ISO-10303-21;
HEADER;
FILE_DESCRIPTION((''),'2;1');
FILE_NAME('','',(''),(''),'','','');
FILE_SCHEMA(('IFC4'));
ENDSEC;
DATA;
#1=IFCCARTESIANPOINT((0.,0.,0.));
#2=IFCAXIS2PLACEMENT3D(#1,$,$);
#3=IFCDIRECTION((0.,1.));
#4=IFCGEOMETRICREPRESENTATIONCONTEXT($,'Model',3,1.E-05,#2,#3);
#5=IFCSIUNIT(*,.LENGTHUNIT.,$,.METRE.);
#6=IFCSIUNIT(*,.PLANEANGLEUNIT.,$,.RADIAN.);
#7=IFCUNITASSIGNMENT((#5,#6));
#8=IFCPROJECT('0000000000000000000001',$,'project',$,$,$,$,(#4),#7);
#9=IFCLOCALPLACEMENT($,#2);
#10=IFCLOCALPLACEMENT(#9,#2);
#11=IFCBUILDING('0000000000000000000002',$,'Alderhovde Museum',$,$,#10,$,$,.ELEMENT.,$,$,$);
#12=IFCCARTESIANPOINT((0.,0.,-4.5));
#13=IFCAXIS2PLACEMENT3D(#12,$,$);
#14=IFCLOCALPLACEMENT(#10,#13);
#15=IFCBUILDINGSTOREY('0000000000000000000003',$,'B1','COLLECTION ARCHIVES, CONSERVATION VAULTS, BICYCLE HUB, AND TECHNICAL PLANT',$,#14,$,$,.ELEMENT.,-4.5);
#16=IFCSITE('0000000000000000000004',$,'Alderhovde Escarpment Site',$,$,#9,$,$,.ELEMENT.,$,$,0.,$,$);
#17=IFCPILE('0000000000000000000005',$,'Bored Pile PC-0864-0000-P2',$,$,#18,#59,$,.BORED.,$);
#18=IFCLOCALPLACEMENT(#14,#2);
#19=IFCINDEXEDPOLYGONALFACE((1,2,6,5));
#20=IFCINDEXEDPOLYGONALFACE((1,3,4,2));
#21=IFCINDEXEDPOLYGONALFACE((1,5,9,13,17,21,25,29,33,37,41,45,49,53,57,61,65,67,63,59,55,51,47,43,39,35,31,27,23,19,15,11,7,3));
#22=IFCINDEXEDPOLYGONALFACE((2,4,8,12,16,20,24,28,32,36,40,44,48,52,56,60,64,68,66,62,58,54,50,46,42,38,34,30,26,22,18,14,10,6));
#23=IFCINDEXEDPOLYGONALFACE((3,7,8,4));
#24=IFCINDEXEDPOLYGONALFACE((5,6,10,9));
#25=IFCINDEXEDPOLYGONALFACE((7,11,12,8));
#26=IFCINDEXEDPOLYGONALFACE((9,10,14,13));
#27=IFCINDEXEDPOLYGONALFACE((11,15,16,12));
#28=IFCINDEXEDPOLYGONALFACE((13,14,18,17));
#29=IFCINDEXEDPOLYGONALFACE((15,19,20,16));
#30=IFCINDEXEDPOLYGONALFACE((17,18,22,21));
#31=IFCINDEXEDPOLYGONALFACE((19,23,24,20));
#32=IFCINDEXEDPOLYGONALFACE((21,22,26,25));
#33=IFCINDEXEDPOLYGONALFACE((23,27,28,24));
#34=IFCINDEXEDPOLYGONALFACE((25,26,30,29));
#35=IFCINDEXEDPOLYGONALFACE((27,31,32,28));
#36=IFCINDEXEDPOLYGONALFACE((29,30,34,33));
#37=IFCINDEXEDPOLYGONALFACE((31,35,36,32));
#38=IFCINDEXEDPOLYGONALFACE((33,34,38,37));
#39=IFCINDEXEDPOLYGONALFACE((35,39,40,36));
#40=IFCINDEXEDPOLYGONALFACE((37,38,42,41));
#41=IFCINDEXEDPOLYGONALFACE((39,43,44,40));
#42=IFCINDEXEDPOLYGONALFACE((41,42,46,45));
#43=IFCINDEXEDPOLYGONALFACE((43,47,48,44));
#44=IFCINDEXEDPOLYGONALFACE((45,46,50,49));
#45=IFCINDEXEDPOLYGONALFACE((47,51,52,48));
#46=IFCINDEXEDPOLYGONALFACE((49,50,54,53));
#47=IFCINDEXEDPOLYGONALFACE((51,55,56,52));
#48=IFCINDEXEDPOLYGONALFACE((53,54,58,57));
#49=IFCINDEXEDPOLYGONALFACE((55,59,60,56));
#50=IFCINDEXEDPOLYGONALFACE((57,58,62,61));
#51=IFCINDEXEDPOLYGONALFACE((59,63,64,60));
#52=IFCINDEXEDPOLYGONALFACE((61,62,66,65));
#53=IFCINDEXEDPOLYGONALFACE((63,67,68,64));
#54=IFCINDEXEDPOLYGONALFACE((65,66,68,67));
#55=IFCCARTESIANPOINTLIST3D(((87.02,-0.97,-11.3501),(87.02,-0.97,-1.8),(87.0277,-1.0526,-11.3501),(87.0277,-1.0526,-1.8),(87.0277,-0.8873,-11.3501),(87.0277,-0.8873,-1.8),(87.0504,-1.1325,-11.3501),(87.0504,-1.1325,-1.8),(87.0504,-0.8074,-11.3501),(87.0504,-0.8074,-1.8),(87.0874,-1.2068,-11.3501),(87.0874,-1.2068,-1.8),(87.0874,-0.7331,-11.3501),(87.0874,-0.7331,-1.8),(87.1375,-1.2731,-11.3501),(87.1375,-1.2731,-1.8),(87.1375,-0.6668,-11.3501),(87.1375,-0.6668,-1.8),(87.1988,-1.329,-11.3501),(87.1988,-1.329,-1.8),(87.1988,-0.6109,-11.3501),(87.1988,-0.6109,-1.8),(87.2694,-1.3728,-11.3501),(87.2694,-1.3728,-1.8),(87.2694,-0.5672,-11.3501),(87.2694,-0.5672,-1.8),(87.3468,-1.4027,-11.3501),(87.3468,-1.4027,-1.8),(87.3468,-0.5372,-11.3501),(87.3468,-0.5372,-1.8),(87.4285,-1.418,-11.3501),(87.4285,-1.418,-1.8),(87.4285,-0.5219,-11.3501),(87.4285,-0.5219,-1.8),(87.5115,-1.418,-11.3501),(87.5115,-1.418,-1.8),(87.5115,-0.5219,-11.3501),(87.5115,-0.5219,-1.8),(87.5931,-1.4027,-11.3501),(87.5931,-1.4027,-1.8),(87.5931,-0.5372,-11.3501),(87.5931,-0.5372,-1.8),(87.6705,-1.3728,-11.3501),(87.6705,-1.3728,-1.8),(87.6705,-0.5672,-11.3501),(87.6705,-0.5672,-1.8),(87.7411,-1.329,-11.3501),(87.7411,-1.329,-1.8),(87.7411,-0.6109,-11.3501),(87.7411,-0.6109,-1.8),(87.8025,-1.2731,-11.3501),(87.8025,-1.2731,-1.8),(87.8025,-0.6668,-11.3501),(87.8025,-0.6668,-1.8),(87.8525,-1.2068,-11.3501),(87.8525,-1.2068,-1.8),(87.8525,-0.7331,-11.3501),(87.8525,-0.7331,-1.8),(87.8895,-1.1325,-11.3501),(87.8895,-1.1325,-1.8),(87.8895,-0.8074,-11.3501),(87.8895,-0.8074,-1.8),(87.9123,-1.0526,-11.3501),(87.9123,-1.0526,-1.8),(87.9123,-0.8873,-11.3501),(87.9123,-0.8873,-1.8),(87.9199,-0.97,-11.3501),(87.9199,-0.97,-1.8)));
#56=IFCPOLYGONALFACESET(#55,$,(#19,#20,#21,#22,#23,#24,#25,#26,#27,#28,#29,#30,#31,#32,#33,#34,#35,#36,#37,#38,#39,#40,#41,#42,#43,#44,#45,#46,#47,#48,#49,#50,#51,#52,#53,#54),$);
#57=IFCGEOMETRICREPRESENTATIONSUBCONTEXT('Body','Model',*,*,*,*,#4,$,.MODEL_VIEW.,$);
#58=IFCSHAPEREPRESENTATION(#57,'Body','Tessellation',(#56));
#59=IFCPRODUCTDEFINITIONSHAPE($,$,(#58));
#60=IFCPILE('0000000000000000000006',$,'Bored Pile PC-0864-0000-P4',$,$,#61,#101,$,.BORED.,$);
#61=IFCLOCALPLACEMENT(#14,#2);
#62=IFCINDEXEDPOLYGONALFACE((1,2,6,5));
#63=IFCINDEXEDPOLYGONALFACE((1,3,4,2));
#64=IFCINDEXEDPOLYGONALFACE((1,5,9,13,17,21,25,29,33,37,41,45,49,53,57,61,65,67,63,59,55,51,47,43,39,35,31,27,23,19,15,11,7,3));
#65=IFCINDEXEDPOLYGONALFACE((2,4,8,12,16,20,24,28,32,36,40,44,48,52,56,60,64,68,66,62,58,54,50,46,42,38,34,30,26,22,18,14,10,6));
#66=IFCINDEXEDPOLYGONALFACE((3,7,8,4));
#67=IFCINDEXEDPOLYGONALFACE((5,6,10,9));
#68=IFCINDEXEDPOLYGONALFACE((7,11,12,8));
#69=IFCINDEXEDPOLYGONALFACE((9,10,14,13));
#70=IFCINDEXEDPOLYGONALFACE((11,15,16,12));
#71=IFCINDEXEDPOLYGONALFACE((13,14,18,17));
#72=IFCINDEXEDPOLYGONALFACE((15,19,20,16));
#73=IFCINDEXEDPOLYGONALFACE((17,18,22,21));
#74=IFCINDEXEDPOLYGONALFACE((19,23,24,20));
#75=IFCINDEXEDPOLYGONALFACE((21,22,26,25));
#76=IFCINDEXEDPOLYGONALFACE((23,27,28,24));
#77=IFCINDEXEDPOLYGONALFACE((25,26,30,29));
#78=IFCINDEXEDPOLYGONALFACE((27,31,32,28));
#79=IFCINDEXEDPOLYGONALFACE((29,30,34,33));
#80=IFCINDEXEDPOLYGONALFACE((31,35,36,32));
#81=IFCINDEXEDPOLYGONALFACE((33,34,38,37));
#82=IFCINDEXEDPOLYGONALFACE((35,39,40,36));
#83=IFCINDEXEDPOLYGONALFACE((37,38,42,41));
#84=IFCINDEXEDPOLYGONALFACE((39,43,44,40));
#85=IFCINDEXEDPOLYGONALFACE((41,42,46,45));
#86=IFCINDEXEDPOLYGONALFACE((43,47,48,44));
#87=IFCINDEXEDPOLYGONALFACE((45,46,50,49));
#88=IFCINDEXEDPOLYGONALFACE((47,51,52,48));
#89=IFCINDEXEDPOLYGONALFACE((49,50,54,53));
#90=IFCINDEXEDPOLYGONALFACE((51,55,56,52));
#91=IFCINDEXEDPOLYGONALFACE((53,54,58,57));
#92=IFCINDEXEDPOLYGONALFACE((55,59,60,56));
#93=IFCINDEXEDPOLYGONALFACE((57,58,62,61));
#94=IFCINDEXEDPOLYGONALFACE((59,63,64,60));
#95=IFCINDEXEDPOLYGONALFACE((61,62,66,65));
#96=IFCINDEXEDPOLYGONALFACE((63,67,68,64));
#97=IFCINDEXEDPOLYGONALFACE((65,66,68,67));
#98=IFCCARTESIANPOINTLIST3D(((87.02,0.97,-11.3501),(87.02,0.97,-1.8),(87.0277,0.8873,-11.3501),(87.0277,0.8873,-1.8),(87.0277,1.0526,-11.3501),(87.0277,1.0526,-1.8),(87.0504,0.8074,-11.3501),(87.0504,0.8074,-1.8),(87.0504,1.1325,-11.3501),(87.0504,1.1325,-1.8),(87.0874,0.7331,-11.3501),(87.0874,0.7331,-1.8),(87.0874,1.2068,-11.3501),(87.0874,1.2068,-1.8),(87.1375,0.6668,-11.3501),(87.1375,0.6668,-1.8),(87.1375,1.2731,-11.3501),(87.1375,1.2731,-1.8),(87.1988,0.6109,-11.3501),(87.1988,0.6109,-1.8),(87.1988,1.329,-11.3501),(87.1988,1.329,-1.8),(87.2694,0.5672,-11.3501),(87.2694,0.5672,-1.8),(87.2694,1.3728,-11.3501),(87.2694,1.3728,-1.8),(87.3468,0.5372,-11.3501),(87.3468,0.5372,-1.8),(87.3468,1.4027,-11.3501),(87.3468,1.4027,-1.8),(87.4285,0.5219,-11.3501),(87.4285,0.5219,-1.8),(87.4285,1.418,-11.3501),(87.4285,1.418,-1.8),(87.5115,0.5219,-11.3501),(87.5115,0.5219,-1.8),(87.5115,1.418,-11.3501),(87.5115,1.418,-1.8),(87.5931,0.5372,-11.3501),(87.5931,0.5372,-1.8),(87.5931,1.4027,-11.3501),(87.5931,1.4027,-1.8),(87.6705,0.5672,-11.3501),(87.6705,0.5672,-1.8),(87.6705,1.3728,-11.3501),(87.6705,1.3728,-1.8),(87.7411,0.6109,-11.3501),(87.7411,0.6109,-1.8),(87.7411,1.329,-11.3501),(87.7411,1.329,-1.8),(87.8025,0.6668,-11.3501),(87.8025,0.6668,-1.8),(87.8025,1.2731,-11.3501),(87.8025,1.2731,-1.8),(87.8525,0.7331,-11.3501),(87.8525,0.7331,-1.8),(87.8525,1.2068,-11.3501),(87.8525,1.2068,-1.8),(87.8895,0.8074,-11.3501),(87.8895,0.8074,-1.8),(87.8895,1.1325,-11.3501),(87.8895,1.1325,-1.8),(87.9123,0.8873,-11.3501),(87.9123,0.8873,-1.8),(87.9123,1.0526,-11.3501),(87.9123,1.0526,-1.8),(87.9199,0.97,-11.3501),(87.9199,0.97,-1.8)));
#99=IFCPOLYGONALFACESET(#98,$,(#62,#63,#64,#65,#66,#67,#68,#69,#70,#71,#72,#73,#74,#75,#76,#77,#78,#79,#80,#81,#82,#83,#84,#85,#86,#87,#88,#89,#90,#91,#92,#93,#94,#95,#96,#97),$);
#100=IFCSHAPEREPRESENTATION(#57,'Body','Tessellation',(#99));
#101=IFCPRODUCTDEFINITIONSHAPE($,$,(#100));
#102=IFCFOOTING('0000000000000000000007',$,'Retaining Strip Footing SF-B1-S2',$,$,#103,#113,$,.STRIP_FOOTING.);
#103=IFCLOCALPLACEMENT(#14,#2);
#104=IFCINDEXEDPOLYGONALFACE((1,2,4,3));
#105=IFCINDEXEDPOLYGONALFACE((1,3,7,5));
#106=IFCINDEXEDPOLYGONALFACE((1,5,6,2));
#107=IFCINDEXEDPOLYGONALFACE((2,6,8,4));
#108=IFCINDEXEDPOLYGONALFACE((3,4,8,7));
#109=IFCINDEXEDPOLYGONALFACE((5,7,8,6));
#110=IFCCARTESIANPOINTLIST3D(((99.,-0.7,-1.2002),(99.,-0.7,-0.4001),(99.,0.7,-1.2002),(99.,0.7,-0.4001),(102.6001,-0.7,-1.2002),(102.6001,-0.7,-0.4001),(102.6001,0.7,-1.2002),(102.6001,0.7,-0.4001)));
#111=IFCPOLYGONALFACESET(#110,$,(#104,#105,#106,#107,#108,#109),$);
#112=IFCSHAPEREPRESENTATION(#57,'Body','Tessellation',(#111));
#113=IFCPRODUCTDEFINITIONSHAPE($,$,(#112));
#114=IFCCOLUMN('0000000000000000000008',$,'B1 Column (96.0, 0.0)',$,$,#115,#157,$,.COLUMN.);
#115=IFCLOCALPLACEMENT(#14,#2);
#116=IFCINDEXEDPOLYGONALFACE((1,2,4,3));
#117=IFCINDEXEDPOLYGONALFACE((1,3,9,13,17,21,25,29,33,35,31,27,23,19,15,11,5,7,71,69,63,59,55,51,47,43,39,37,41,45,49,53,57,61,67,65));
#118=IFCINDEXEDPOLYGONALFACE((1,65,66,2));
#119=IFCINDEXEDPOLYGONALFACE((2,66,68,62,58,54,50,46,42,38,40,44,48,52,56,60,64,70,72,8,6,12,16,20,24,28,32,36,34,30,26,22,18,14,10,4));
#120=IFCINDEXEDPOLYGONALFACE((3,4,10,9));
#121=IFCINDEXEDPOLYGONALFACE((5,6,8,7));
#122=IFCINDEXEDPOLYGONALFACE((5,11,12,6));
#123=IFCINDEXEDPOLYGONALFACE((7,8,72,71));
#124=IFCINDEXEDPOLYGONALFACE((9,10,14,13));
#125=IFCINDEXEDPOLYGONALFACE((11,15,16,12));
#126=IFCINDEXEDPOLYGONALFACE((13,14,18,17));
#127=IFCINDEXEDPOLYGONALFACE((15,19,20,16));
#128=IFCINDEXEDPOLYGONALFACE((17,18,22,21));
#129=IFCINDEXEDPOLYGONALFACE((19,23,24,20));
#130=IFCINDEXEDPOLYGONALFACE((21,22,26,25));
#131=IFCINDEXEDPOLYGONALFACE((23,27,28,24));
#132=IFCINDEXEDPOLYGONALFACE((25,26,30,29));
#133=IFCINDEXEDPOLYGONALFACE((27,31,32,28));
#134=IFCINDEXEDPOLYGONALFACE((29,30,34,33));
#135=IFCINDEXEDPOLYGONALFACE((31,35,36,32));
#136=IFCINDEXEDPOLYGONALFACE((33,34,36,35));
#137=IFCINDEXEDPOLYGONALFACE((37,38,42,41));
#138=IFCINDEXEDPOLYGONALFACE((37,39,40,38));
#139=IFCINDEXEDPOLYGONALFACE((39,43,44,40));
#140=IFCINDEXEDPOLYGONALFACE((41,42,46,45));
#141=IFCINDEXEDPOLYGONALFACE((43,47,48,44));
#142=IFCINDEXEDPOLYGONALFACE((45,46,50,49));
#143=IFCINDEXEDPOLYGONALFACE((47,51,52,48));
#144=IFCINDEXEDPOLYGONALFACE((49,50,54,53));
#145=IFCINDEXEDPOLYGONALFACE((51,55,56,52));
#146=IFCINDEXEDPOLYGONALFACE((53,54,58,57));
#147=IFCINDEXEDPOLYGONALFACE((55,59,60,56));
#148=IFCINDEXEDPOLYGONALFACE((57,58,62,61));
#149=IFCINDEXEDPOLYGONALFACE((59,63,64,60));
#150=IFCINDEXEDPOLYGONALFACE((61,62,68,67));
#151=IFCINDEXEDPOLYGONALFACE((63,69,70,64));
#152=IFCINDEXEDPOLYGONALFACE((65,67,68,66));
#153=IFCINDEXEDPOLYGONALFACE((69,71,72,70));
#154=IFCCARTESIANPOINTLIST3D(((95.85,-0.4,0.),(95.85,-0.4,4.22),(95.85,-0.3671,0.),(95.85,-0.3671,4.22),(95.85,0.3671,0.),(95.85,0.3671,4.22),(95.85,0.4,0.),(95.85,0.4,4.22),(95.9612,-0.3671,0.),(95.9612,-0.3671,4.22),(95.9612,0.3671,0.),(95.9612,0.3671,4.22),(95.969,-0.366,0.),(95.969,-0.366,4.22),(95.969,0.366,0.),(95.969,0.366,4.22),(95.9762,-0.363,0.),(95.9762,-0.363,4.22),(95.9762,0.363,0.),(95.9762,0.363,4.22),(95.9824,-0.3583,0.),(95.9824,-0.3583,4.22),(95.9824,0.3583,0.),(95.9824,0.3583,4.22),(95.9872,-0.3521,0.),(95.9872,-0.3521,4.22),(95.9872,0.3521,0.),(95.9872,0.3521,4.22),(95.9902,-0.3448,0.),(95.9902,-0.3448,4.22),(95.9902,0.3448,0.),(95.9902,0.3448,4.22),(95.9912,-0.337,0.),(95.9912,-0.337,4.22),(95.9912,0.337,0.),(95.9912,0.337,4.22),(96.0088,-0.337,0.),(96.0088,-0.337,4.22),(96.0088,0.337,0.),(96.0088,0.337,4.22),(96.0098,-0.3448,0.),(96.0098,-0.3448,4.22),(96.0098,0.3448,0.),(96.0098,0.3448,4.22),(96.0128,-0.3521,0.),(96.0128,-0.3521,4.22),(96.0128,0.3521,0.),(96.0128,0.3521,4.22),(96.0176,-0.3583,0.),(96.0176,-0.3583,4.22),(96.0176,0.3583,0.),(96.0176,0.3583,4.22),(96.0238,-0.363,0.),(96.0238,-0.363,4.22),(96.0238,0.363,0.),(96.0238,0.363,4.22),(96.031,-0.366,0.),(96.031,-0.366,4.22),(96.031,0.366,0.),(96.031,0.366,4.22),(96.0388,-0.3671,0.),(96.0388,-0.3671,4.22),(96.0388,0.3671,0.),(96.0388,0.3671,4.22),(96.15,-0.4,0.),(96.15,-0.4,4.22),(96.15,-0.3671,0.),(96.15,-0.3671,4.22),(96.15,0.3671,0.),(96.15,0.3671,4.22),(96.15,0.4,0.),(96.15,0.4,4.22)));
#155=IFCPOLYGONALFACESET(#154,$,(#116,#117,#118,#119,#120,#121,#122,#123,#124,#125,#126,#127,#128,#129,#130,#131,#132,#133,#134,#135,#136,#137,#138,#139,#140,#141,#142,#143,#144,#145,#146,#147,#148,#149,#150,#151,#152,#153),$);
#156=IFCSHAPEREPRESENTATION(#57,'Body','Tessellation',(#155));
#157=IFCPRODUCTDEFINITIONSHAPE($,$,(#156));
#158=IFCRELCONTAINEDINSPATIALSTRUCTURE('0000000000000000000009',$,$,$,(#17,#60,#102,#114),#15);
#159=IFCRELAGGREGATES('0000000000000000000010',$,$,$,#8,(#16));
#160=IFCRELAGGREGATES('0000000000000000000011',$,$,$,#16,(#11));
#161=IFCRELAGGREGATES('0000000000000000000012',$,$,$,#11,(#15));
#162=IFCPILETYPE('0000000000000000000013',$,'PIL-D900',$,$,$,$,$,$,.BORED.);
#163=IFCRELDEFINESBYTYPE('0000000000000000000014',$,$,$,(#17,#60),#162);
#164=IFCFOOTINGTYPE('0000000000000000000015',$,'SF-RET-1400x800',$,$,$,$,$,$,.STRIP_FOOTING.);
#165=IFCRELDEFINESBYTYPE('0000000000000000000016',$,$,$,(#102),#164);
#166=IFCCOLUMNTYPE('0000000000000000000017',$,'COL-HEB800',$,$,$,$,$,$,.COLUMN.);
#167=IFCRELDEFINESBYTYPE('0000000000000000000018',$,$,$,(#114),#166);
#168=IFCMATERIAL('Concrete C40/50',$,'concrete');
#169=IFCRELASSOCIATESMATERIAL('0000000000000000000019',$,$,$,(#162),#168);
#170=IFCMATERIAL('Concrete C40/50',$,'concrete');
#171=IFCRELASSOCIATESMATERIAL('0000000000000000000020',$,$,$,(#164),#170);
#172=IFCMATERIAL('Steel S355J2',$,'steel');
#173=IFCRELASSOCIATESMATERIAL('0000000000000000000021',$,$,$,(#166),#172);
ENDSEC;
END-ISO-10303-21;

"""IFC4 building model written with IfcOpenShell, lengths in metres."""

from ifc_helpers import new_model, si_unit, direction, frame, origin, origin_2d, place, context, subcontext, project, spatial, rectangle, circle, i_section, extrude, material, material_profile, profile_set, type_object, element, save


model = new_model("IFC4")

# Units and contexts
model_context = context("Model", 3, precision=1e-05, world=origin(), true_north=direction((0.0, 1.0)))
body_context = subcontext(model_context, "Body", "Model", "MODEL_VIEW")
ifc_project = project(units=[si_unit("LENGTHUNIT", "METRE"), si_unit("PLANEANGLEUNIT", "RADIAN")], contexts=[model_context])

# Site, building, storey
site_placement = place(None, origin())
site = spatial("IfcSite", under=ifc_project, at=site_placement, Name="Alderhovde Escarpment Site", CompositionType="ELEMENT", RefElevation=0.0)
building_placement = place(site_placement, origin())
building = spatial("IfcBuilding", under=site, at=building_placement, Name="Alderhovde Museum", CompositionType="ELEMENT")
storey_placement = place(building_placement, frame((0.0, 0.0, -4.5)))
storey = spatial("IfcBuildingStorey", under=building, at=storey_placement, Name="B1", Description="COLLECTION ARCHIVES, CONSERVATION VAULTS, BICYCLE HUB, AND TECHNICAL PLANT", CompositionType="ELEMENT", Elevation=-4.5)

# Piles
ifc_material_1 = material(Name="Concrete C40/50", Category="concrete")
ifc_material_profile_1 = material_profile(ifc_material_1, circle(Radius=0.45, at=origin_2d()), Name="PILE-D900")
ifc_profile_set_1 = profile_set([ifc_material_profile_1], Name="Concrete C40/50")
pile_type_1 = type_object("IfcPileType", Name="PIL-D900", PredefinedType="BORED", material=ifc_profile_set_1)
for number, where, z_axis, x_axis, name in (
    (1, (87.47, -0.97, -1.8), (0.0, 0.0, -1.0), (1.0, 0.0, 0.0), "Bored Pile PC-0864-0000-P2"),
    (2, (87.47, 0.97, -1.8), (0.0, 0.0, -1.0), (1.0, 0.0, 0.0), "Bored Pile PC-0864-0000-P4"),
):
    element("IfcPile", number, at=place(storey_placement, frame(where, z_axis=z_axis, x_axis=x_axis)), inside=storey, type_object=pile_type_1, Name=name, PredefinedType="BORED", context=body_context, shape_type="SweptSolid", body=[
        extrude(circle(Radius=0.45, at=origin_2d()), origin(), (0.0, 0.0, 1.0), 9.55),
    ])

# Footing
ifc_material_2 = material(Name="Concrete C40/50", Category="concrete")
footing_type_1 = type_object("IfcFootingType", Name="SF-RET-1400x800", PredefinedType="STRIP_FOOTING", material=ifc_material_2)
footing_1_placement = place(storey_placement, frame((100.8, 0.0, -1.2002), z_axis=(0.0, 0.0, 1.0), x_axis=(1.0, 0.0, 0.0)))
element("IfcFooting", 3, at=footing_1_placement, inside=storey, type_object=footing_type_1, Name="Retaining Strip Footing SF-B1-S2", PredefinedType="STRIP_FOOTING", context=body_context, shape_type="SweptSolid", body=[
    extrude(rectangle(XDim=3.6001, YDim=1.3999, at=origin_2d()), origin(), (0.0, 0.0, 1.0), 0.8),
])

# Column
ifc_material_3 = material(Name="Steel S355J2", Category="steel")
ifc_material_profile_2 = material_profile(ifc_material_3, i_section(OverallWidth=0.3, OverallDepth=0.8, WebThickness=0.0176, FlangeThickness=0.033, FilletRadius=0.03, at=origin_2d()), Name="HEB 800")
ifc_profile_set_2 = profile_set([ifc_material_profile_2], Name="Steel S355J2")
column_type_1 = type_object("IfcColumnType", Name="COL-HEB800", PredefinedType="COLUMN", material=ifc_profile_set_2)
column_1_placement = place(storey_placement, frame((96.0, 0.0, 0.0), z_axis=(0.0, 0.0, 1.0), x_axis=(1.0, 0.0, 0.0)))
element("IfcColumn", 4, at=column_1_placement, inside=storey, type_object=column_type_1, Name="B1 Column (96.0, 0.0)", PredefinedType="COLUMN", context=body_context, shape_type="SweptSolid", body=[
    extrude(i_section(OverallWidth=0.3, OverallDepth=0.8, WebThickness=0.0176, FlangeThickness=0.033, FilletRadius=0.03, at=origin_2d()), origin(), (0.0, 0.0, 1.0), 4.22),
])

save(model, "model.ifc")
